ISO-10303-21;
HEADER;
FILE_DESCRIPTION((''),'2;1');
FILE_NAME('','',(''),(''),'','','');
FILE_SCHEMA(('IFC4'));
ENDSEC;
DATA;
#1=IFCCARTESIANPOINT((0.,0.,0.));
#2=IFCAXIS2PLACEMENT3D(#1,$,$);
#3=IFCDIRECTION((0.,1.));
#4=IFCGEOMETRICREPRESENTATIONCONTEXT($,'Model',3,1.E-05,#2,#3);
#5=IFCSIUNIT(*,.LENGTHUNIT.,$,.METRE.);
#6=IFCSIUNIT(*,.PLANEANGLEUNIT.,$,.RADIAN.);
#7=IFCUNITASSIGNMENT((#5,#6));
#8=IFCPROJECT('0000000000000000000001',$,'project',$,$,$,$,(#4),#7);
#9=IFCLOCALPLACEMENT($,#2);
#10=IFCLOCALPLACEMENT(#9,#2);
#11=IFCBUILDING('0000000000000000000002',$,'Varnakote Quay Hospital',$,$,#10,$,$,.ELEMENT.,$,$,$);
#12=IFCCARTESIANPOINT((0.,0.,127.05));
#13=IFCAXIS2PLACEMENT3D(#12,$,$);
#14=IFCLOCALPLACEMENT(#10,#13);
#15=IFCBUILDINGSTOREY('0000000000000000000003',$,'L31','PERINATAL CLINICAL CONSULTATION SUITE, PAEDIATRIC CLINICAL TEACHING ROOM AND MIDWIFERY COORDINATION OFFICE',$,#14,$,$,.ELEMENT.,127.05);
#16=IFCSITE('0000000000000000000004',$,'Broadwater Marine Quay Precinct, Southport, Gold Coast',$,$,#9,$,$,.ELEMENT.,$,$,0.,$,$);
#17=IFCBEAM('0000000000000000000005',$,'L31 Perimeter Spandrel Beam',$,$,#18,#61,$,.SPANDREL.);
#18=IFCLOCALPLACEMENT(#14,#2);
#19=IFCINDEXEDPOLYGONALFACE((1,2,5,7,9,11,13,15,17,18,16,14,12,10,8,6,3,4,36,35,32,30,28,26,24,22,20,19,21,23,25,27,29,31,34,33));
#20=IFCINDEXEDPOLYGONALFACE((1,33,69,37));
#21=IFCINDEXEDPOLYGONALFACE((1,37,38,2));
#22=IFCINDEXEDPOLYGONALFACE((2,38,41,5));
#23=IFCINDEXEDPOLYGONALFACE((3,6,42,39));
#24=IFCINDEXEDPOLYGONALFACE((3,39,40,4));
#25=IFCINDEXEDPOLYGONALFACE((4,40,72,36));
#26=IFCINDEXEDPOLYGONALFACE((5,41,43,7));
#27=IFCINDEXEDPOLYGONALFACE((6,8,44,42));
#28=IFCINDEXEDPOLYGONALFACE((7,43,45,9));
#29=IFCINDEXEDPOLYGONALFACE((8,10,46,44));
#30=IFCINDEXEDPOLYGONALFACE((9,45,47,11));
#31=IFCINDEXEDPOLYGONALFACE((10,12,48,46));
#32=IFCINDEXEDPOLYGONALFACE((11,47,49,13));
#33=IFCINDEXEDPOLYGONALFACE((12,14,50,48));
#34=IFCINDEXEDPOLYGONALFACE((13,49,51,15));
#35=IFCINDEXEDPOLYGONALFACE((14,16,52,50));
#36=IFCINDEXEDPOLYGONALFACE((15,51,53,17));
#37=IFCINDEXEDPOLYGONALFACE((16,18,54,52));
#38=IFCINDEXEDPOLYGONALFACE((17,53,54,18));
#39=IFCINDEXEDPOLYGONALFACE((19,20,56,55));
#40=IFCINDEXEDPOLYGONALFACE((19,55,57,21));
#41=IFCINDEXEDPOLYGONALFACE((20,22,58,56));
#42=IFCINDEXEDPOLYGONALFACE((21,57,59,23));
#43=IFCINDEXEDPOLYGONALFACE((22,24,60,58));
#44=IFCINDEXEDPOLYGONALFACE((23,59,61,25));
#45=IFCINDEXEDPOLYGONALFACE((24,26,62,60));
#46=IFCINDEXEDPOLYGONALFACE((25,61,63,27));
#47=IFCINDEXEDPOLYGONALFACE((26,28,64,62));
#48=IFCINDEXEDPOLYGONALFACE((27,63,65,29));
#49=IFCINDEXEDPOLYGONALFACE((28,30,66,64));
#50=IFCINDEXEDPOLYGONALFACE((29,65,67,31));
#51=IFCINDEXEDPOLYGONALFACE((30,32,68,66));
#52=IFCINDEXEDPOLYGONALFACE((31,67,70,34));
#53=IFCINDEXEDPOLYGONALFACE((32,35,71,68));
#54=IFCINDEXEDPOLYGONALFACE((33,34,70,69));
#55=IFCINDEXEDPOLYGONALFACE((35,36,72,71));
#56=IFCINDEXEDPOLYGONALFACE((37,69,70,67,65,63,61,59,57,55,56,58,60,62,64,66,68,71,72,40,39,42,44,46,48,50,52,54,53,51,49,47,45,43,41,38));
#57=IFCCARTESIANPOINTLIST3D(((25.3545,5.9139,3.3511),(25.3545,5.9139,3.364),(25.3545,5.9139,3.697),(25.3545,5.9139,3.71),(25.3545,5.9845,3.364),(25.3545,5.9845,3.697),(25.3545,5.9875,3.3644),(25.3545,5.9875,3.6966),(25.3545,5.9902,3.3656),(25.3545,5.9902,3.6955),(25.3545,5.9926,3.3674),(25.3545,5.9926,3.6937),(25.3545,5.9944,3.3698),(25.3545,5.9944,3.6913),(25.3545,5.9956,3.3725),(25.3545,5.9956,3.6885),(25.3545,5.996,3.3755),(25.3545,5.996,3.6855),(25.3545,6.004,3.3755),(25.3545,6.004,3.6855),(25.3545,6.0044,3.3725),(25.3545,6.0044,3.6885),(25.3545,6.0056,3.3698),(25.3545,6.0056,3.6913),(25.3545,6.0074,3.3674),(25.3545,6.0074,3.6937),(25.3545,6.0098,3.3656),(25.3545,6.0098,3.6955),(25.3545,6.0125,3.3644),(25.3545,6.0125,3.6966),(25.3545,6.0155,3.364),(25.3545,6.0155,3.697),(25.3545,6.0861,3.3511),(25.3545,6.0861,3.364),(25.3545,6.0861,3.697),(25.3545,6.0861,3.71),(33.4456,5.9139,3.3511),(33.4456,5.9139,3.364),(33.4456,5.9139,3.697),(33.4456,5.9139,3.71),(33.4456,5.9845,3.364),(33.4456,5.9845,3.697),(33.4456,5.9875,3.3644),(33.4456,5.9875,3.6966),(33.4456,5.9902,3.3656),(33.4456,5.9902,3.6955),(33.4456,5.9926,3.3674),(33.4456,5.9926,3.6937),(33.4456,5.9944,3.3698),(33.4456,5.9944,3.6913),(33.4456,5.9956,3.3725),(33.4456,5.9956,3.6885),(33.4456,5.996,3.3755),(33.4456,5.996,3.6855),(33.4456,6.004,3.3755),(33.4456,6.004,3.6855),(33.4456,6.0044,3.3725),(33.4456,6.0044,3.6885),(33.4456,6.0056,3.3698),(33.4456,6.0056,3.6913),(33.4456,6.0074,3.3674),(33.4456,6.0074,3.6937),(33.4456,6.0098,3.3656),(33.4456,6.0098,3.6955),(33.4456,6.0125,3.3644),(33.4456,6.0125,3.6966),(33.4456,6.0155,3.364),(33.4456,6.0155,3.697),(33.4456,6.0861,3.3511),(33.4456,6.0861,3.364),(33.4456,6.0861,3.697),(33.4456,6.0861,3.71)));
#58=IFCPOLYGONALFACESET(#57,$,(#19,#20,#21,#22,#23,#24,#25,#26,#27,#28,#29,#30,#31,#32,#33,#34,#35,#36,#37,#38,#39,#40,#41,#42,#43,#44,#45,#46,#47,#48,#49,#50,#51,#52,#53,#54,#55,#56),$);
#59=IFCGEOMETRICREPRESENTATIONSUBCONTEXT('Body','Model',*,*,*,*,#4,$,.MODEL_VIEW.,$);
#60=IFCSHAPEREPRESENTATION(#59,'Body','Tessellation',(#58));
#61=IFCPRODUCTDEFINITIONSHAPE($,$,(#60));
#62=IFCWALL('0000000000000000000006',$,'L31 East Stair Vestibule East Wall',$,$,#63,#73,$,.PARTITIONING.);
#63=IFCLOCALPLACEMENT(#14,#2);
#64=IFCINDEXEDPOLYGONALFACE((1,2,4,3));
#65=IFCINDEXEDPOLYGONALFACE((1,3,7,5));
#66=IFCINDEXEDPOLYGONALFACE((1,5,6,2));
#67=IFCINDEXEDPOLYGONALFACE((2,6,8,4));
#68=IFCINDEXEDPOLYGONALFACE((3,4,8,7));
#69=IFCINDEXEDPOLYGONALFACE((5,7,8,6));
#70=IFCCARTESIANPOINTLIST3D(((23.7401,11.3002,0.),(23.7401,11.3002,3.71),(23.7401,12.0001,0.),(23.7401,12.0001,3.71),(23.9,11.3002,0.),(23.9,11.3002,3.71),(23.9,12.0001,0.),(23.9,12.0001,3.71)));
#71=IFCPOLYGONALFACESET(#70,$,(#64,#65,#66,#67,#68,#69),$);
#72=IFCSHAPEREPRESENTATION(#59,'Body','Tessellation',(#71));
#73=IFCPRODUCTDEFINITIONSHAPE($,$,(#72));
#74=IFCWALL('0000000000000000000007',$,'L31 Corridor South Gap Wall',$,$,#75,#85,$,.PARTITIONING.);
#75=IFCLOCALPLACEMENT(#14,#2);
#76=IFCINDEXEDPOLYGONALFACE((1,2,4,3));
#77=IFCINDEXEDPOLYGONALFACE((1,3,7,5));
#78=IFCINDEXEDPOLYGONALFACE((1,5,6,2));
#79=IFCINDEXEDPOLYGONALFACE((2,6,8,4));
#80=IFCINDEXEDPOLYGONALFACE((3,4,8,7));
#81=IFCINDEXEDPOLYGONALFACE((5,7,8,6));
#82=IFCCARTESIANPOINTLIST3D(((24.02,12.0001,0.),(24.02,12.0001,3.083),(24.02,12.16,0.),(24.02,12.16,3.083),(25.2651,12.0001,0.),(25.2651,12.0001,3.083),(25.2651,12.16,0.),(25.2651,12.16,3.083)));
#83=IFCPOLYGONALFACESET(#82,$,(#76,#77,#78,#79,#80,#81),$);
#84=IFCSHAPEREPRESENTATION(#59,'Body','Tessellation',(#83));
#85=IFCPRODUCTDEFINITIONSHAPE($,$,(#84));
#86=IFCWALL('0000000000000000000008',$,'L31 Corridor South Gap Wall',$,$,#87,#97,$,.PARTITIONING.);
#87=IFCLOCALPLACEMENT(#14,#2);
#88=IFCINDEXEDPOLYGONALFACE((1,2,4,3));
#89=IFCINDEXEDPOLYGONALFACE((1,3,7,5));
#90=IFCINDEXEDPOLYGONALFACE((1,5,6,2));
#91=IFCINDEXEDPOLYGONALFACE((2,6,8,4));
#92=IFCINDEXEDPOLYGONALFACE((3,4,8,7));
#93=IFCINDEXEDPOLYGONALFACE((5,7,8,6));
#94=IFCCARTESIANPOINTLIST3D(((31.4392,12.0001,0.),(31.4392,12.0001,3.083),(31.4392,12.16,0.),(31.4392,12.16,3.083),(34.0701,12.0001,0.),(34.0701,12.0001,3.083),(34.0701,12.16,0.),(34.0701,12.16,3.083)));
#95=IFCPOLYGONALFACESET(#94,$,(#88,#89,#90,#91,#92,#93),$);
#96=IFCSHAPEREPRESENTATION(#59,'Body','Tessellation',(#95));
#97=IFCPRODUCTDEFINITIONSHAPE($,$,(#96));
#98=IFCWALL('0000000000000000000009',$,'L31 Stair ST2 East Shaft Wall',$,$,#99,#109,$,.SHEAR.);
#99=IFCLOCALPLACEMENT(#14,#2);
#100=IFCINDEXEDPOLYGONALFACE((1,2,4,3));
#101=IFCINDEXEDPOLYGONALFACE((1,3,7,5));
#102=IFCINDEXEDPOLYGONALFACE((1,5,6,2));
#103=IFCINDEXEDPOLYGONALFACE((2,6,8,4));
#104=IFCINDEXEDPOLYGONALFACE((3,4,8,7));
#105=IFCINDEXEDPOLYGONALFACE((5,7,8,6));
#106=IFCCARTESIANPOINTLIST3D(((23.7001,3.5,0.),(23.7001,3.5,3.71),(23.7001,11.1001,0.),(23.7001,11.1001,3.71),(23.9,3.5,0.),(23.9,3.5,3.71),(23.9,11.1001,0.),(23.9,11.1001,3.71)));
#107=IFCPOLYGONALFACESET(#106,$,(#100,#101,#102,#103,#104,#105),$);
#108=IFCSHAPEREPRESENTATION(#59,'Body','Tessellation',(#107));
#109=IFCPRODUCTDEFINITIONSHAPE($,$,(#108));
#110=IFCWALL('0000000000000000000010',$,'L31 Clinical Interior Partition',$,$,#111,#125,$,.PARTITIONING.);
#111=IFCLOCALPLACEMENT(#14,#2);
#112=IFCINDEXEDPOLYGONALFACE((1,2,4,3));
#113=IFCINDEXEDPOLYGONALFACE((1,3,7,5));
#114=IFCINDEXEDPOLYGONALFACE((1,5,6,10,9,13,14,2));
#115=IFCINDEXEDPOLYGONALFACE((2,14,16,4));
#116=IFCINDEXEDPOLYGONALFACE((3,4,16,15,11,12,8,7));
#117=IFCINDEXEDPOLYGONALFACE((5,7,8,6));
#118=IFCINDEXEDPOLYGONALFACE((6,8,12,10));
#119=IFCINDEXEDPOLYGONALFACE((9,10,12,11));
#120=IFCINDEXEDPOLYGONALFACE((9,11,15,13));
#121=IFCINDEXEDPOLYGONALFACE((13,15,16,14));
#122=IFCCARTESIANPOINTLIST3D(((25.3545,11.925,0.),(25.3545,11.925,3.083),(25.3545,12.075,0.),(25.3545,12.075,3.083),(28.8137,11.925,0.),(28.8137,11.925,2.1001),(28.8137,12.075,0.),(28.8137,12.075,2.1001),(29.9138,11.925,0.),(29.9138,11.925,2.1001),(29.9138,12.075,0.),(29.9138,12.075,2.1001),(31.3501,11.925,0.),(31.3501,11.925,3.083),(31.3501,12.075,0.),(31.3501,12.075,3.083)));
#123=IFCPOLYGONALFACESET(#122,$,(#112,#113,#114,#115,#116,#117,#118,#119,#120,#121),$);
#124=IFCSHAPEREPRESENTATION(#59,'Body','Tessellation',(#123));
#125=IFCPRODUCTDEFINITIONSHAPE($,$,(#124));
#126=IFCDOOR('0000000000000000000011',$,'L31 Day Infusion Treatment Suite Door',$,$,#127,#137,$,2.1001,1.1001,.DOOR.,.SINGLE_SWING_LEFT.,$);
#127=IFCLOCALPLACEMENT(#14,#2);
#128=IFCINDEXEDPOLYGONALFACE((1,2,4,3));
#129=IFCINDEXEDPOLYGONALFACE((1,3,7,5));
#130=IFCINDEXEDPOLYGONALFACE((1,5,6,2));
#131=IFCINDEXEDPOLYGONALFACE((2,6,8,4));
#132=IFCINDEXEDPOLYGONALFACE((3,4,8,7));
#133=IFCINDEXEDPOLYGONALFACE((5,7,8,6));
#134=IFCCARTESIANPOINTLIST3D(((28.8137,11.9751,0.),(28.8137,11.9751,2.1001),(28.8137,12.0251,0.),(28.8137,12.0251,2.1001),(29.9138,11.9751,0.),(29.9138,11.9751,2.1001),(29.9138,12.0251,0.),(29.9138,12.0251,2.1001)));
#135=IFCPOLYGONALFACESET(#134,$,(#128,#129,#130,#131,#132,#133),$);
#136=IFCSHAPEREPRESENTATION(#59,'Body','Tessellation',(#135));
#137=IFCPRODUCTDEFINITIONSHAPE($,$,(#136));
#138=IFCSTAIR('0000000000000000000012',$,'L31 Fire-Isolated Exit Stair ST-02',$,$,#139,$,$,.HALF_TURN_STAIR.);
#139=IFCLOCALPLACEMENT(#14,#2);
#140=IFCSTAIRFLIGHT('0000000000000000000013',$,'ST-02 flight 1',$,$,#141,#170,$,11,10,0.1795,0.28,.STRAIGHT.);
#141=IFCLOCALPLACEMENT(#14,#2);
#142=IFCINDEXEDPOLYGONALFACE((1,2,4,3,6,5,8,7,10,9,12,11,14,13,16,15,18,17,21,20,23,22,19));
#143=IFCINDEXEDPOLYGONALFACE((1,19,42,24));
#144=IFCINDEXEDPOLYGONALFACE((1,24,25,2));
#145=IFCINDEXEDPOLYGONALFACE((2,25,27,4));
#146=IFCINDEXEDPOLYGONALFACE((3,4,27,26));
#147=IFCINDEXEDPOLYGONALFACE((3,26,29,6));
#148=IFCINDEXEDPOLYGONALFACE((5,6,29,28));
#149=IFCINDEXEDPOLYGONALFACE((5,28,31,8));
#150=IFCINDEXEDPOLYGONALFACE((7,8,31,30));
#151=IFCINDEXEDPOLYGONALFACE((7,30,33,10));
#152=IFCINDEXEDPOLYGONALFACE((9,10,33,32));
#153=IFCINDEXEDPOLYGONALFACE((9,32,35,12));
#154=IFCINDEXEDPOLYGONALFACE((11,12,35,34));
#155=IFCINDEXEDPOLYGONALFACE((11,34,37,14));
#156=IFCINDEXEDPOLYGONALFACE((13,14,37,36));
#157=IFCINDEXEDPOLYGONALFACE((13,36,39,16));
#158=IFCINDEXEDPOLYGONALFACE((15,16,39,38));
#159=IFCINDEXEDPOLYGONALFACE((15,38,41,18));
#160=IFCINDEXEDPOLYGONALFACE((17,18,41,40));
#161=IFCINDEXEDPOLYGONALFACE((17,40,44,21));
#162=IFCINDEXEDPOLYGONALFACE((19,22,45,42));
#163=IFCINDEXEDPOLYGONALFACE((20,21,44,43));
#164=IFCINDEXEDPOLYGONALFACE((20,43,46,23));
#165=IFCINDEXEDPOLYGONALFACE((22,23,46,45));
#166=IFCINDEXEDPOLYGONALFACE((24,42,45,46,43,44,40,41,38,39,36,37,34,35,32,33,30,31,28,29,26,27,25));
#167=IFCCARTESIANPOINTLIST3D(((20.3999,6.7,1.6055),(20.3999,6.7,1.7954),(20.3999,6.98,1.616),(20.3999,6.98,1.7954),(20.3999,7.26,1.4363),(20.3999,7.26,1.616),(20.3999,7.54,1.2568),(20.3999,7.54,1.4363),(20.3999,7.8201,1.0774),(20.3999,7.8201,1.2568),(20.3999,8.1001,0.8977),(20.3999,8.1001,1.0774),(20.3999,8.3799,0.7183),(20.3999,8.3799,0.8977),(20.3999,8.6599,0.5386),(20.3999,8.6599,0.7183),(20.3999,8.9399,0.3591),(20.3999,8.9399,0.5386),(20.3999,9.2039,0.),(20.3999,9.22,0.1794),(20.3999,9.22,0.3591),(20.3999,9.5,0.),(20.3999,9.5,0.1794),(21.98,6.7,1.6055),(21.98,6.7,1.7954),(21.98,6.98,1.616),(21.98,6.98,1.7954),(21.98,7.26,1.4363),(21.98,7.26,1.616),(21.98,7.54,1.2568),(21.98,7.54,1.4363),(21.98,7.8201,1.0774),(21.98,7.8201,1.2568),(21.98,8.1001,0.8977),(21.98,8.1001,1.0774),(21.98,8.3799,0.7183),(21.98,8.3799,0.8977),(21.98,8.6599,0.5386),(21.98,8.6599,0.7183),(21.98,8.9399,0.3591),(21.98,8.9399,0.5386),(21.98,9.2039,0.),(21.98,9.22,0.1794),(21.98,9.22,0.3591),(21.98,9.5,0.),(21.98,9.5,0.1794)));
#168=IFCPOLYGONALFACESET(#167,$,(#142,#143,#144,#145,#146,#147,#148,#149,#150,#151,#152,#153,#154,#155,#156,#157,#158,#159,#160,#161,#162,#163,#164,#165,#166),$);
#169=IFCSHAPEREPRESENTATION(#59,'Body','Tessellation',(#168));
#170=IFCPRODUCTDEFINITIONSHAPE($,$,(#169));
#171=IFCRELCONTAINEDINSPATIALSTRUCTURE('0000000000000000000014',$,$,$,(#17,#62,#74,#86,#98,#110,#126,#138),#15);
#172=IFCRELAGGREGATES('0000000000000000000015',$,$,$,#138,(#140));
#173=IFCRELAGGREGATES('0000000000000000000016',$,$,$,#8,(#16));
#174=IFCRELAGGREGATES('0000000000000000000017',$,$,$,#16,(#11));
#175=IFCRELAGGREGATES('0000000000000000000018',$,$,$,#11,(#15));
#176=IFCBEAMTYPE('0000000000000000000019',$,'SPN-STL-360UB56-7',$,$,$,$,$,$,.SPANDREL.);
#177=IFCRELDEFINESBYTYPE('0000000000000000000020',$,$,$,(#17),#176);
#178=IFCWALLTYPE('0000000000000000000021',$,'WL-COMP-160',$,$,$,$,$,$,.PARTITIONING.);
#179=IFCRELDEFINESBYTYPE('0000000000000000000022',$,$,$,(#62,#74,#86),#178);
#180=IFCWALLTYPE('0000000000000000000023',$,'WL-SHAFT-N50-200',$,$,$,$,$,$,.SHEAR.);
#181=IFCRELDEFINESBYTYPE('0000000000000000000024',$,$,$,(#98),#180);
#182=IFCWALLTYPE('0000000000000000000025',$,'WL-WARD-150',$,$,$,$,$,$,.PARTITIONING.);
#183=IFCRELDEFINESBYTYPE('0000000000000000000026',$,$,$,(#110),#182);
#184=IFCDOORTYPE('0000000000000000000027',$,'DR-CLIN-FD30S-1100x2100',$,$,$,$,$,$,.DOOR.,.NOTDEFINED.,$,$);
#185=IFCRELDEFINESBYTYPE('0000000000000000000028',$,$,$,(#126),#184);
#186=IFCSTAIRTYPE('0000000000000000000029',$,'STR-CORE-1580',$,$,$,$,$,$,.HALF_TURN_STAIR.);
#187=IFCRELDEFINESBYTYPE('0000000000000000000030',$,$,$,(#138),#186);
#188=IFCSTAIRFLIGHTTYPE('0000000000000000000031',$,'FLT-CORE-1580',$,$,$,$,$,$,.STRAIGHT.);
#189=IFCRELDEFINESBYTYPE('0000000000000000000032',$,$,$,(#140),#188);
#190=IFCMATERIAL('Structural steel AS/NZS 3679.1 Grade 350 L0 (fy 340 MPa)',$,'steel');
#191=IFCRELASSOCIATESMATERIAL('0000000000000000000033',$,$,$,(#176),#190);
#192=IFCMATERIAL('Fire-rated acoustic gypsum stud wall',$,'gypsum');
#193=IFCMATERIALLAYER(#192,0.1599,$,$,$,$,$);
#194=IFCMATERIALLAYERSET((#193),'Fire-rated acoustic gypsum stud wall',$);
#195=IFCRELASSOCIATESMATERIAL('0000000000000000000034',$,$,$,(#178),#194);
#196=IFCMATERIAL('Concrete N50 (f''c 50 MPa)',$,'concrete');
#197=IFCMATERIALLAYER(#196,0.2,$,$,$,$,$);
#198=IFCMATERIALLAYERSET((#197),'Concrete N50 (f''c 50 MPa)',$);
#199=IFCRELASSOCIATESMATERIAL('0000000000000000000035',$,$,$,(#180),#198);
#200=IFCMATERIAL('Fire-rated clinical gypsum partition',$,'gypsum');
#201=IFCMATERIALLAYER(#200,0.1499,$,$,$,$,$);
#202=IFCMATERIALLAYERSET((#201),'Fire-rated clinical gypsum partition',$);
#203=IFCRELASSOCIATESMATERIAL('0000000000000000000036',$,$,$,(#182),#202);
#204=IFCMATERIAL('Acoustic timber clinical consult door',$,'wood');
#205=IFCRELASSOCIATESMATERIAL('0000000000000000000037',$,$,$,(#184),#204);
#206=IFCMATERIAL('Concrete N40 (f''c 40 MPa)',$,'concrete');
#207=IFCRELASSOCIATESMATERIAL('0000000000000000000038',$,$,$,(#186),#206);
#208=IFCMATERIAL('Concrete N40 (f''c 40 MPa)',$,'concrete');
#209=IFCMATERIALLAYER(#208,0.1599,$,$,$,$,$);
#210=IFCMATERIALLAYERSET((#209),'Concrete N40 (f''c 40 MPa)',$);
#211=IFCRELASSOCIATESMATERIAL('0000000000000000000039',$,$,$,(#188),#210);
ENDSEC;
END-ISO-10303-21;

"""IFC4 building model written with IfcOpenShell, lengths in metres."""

from ifc_helpers import new_model, si_unit, direction, frame, frame_2d, origin, origin_2d, place, context, subcontext, project, spatial, polyline, rectangle, i_section, outline, extrude, material, layer, layer_set, material_profile, profile_set, type_object, element, fill, aggregate, save


model = new_model("IFC4")

# Units and contexts
model_context = context("Model", 3, precision=1e-05, world=origin(), true_north=direction((0.0, 1.0)))
body_context = subcontext(model_context, "Body", "Model", "MODEL_VIEW")
ifc_project = project(units=[si_unit("LENGTHUNIT", "METRE"), si_unit("PLANEANGLEUNIT", "RADIAN")], contexts=[model_context])

# Site, building, storey
site_placement = place(None, origin())
site = spatial("IfcSite", under=ifc_project, at=site_placement, Name="Broadwater Marine Quay Precinct, Southport, Gold Coast", CompositionType="ELEMENT", RefElevation=0.0)
building_placement = place(site_placement, origin())
building = spatial("IfcBuilding", under=site, at=building_placement, Name="Varnakote Quay Hospital", CompositionType="ELEMENT")
storey_placement = place(building_placement, frame((0.0, 0.0, 127.05)))
storey = spatial("IfcBuildingStorey", under=building, at=storey_placement, Name="L31", Description="PERINATAL CLINICAL CONSULTATION SUITE, PAEDIATRIC CLINICAL TEACHING ROOM AND MIDWIFERY COORDINATION OFFICE", CompositionType="ELEMENT", Elevation=127.05)

# Beam
ifc_material_1 = material(Name="Structural steel AS/NZS 3679.1 Grade 350 L0 (fy 340 MPa)", Category="steel")
ifc_material_profile_1 = material_profile(ifc_material_1, i_section(OverallWidth=0.1721, OverallDepth=0.3589, WebThickness=0.0081, FlangeThickness=0.0129, FilletRadius=0.0115, at=origin_2d()), Name="360UB56.7")
ifc_profile_set_1 = profile_set([ifc_material_profile_1], Name="Structural steel AS/NZS 3679.1 Grade 350 L0 (fy 340 MPa)")
beam_type_1 = type_object("IfcBeamType", Name="SPN-STL-360UB56-7", PredefinedType="SPANDREL", material=ifc_profile_set_1)
beam_1_placement = place(storey_placement, frame((25.3545, 6.0, 3.5305), z_axis=(1.0, 0.0, 0.0), x_axis=(0.0, 1.0, 0.0)))
element("IfcBeam", 1, at=beam_1_placement, inside=storey, type_object=beam_type_1, Name="L31 Perimeter Spandrel Beam", PredefinedType="SPANDREL", context=body_context, shape_type="SweptSolid", body=[
    extrude(i_section(OverallWidth=0.1721, OverallDepth=0.3589, WebThickness=0.0081, FlangeThickness=0.0129, FilletRadius=0.0115, at=origin_2d()), origin(), (0.0, 0.0, 1.0), 8.0911),
])

# Walls
ifc_material_2 = material(Name="Fire-rated acoustic gypsum stud wall", Category="gypsum")
ifc_layer_1 = layer(ifc_material_2, 0.1599)
ifc_layer_set_1 = layer_set([ifc_layer_1], Name="Fire-rated acoustic gypsum stud wall")
wall_type_1 = type_object("IfcWallType", Name="WL-COMP-160", PredefinedType="PARTITIONING", material=ifc_layer_set_1)
wall_1_placement = place(storey_placement, frame((23.8201, 11.3, 0.0), z_axis=(0.0, 0.0, 1.0), x_axis=(0.0, 1.0, 0.0)))
element("IfcWall", 2, at=wall_1_placement, inside=storey, type_object=wall_type_1, Name="L31 East Stair Vestibule East Wall", PredefinedType="PARTITIONING", context=body_context, shape_type="SweptSolid", body=[
    extrude(rectangle(XDim=0.7, YDim=0.1599, at=frame_2d((0.3501, 0.0))), origin(), (0.0, 0.0, 1.0), 3.71),
])
wall_2_placement = place(storey_placement, frame((24.02, 12.0801, 0.0), z_axis=(0.0, 0.0, 1.0), x_axis=(1.0, 0.0, 0.0)))
element("IfcWall", 3, at=wall_2_placement, inside=storey, type_object=wall_type_1, Name="L31 Corridor South Gap Wall", PredefinedType="PARTITIONING", context=body_context, shape_type="SweptSolid", body=[
    extrude(rectangle(XDim=1.2451, YDim=0.1599, at=frame_2d((0.6226, 0.0))), origin(), (0.0, 0.0, 1.0), 3.083),
])
wall_3_placement = place(storey_placement, frame((31.4392, 12.0801, 0.0), z_axis=(0.0, 0.0, 1.0), x_axis=(1.0, 0.0, 0.0)))
element("IfcWall", 4, at=wall_3_placement, inside=storey, type_object=wall_type_1, Name="L31 Corridor South Gap Wall", PredefinedType="PARTITIONING", context=body_context, shape_type="SweptSolid", body=[
    extrude(rectangle(XDim=2.6309, YDim=0.1599, at=frame_2d((1.3154, 0.0))), origin(), (0.0, 0.0, 1.0), 3.083),
])
ifc_material_3 = material(Name="Concrete N50 (f'c 50 MPa)", Category="concrete")
ifc_layer_2 = layer(ifc_material_3, 0.2)
ifc_layer_set_2 = layer_set([ifc_layer_2], Name="Concrete N50 (f'c 50 MPa)")
wall_type_2 = type_object("IfcWallType", Name="WL-SHAFT-N50-200", PredefinedType="SHEAR", material=ifc_layer_set_2)
wall_4_placement = place(storey_placement, frame((23.8, 3.5, 0.0), z_axis=(0.0, 0.0, 1.0), x_axis=(0.0, 1.0, 0.0)))
element("IfcWall", 5, at=wall_4_placement, inside=storey, type_object=wall_type_2, Name="L31 Stair ST2 East Shaft Wall", PredefinedType="SHEAR", context=body_context, shape_type="SweptSolid", body=[
    extrude(rectangle(XDim=7.6001, YDim=0.2, at=frame_2d((3.8, 0.0))), origin(), (0.0, 0.0, 1.0), 3.71),
])

# Wall, opening, door
ifc_material_4 = material(Name="Fire-rated clinical gypsum partition", Category="gypsum")
ifc_layer_3 = layer(ifc_material_4, 0.1499)
ifc_layer_set_3 = layer_set([ifc_layer_3], Name="Fire-rated clinical gypsum partition")
wall_type_3 = type_object("IfcWallType", Name="WL-WARD-150", PredefinedType="PARTITIONING", material=ifc_layer_set_3)
wall_5_placement = place(storey_placement, frame((31.3501, 12.0, 0.0), z_axis=(0.0, 0.0, 1.0), x_axis=(-1.0, 0.0, 0.0)))
wall_5 = element("IfcWall", 6, at=wall_5_placement, inside=storey, type_object=wall_type_3, Name="L31 Clinical Interior Partition", PredefinedType="PARTITIONING", context=body_context, shape_type="SweptSolid", body=[
    extrude(rectangle(XDim=5.9956, YDim=0.1499, at=frame_2d((2.9978, 0.0))), origin(), (0.0, 0.0, 1.0), 3.083),
])
opening_placement = place(wall_5_placement, frame((1.4363, 0.0, 0.0)))
opening = element("IfcOpeningElement", 7, at=opening_placement, cuts=wall_5, PredefinedType="OPENING", context=body_context, shape_type="SweptSolid", body=[
    extrude(rectangle(XDim=1.1001, YDim=2.1001, at=frame_2d((0.55, 1.05))), frame((0.0, 0.085, 0.0), z_axis=(0.0, -1.0, 0.0), x_axis=(1.0, 0.0, 0.0)), (0.0, 0.0, 1.0), 0.1699),
])
ifc_material_5 = material(Name="Acoustic timber clinical consult door", Category="wood")
door_type = type_object("IfcDoorType", Name="DR-CLIN-FD30S-1100x2100", OperationType="NOTDEFINED", PredefinedType="DOOR", material=ifc_material_5)
door_placement = place(opening_placement, origin())
door = element("IfcDoor", 8, at=door_placement, inside=storey, type_object=door_type, Name="L31 Day Infusion Treatment Suite Door", OperationType="SINGLE_SWING_LEFT", OverallHeight=2.1001, OverallWidth=1.1001, PredefinedType="DOOR", context=body_context, shape_type="SweptSolid", body=[
    extrude(rectangle(XDim=1.1001, YDim=2.1001, at=frame_2d((0.55, 1.05))), frame((0.0, 0.0249, 0.0), z_axis=(0.0, -1.0, 0.0), x_axis=(1.0, 0.0, 0.0)), (0.0, 0.0, 1.0), 0.05),
])
fill(opening, door)

# Stair, stair flight
ifc_material_6 = material(Name="Concrete N40 (f'c 40 MPa)", Category="concrete")
stair_type = type_object("IfcStairType", Name="STR-CORE-1580", PredefinedType="HALF_TURN_STAIR", material=ifc_material_6)
stair_placement = place(storey_placement, origin())
stair = element("IfcStair", 9, at=stair_placement, inside=storey, type_object=stair_type, Name="L31 Fire-Isolated Exit Stair ST-02", PredefinedType="HALF_TURN_STAIR")
ifc_material_7 = material(Name="Concrete N40 (f'c 40 MPa)", Category="concrete")
ifc_layer_4 = layer(ifc_material_7, 0.1599)
ifc_layer_set_4 = layer_set([ifc_layer_4], Name="Concrete N40 (f'c 40 MPa)")
stair_flight_type = type_object("IfcStairFlightType", Name="FLT-CORE-1580", PredefinedType="STRAIGHT", material=ifc_layer_set_4)
stair_flight_1_placement = place(storey_placement, frame((21.1899, 9.5, 0.0), z_axis=(0.0, 0.0, 1.0), x_axis=(0.0, -1.0, 0.0)))
stair_flight_1 = element("IfcStairFlight", 10, at=stair_flight_1_placement, type_object=stair_flight_type, Name="ST-02 flight 1", NumberOfRisers=11, NumberOfTreads=10, PredefinedType="STRAIGHT", RiserHeight=0.1795, TreadLength=0.28, context=body_context, shape_type="SweptSolid", body=[
    extrude(outline(polyline([(0.0, 0.0), (0.0, 0.1794), (0.28, 0.1794), (0.28, 0.3591), (0.5601, 0.3591), (0.5601, 0.5386), (0.8401, 0.5386), (0.8401, 0.7183), (1.1201, 0.7183), (1.1201, 0.8977), (1.3999, 0.8977), (1.3999, 1.0774), (1.6799, 1.0774), (1.6799, 1.2568), (1.96, 1.2568), (1.96, 1.4363), (2.24, 1.4363), (2.24, 1.616), (2.52, 1.616), (2.52, 1.7954), (2.8, 1.7954), (2.8, 1.9751), (2.8, 1.6055), (0.2961, 0.0), (0.0, 0.0)])), frame((0.0, 0.79, 0.0), z_axis=(0.0, -1.0, 0.0), x_axis=(1.0, 0.0, 0.0)), (0.0, 0.0, 1.0), 1.5801),
])
aggregate(stair, [stair_flight_1])

save(model, "model.ifc")
